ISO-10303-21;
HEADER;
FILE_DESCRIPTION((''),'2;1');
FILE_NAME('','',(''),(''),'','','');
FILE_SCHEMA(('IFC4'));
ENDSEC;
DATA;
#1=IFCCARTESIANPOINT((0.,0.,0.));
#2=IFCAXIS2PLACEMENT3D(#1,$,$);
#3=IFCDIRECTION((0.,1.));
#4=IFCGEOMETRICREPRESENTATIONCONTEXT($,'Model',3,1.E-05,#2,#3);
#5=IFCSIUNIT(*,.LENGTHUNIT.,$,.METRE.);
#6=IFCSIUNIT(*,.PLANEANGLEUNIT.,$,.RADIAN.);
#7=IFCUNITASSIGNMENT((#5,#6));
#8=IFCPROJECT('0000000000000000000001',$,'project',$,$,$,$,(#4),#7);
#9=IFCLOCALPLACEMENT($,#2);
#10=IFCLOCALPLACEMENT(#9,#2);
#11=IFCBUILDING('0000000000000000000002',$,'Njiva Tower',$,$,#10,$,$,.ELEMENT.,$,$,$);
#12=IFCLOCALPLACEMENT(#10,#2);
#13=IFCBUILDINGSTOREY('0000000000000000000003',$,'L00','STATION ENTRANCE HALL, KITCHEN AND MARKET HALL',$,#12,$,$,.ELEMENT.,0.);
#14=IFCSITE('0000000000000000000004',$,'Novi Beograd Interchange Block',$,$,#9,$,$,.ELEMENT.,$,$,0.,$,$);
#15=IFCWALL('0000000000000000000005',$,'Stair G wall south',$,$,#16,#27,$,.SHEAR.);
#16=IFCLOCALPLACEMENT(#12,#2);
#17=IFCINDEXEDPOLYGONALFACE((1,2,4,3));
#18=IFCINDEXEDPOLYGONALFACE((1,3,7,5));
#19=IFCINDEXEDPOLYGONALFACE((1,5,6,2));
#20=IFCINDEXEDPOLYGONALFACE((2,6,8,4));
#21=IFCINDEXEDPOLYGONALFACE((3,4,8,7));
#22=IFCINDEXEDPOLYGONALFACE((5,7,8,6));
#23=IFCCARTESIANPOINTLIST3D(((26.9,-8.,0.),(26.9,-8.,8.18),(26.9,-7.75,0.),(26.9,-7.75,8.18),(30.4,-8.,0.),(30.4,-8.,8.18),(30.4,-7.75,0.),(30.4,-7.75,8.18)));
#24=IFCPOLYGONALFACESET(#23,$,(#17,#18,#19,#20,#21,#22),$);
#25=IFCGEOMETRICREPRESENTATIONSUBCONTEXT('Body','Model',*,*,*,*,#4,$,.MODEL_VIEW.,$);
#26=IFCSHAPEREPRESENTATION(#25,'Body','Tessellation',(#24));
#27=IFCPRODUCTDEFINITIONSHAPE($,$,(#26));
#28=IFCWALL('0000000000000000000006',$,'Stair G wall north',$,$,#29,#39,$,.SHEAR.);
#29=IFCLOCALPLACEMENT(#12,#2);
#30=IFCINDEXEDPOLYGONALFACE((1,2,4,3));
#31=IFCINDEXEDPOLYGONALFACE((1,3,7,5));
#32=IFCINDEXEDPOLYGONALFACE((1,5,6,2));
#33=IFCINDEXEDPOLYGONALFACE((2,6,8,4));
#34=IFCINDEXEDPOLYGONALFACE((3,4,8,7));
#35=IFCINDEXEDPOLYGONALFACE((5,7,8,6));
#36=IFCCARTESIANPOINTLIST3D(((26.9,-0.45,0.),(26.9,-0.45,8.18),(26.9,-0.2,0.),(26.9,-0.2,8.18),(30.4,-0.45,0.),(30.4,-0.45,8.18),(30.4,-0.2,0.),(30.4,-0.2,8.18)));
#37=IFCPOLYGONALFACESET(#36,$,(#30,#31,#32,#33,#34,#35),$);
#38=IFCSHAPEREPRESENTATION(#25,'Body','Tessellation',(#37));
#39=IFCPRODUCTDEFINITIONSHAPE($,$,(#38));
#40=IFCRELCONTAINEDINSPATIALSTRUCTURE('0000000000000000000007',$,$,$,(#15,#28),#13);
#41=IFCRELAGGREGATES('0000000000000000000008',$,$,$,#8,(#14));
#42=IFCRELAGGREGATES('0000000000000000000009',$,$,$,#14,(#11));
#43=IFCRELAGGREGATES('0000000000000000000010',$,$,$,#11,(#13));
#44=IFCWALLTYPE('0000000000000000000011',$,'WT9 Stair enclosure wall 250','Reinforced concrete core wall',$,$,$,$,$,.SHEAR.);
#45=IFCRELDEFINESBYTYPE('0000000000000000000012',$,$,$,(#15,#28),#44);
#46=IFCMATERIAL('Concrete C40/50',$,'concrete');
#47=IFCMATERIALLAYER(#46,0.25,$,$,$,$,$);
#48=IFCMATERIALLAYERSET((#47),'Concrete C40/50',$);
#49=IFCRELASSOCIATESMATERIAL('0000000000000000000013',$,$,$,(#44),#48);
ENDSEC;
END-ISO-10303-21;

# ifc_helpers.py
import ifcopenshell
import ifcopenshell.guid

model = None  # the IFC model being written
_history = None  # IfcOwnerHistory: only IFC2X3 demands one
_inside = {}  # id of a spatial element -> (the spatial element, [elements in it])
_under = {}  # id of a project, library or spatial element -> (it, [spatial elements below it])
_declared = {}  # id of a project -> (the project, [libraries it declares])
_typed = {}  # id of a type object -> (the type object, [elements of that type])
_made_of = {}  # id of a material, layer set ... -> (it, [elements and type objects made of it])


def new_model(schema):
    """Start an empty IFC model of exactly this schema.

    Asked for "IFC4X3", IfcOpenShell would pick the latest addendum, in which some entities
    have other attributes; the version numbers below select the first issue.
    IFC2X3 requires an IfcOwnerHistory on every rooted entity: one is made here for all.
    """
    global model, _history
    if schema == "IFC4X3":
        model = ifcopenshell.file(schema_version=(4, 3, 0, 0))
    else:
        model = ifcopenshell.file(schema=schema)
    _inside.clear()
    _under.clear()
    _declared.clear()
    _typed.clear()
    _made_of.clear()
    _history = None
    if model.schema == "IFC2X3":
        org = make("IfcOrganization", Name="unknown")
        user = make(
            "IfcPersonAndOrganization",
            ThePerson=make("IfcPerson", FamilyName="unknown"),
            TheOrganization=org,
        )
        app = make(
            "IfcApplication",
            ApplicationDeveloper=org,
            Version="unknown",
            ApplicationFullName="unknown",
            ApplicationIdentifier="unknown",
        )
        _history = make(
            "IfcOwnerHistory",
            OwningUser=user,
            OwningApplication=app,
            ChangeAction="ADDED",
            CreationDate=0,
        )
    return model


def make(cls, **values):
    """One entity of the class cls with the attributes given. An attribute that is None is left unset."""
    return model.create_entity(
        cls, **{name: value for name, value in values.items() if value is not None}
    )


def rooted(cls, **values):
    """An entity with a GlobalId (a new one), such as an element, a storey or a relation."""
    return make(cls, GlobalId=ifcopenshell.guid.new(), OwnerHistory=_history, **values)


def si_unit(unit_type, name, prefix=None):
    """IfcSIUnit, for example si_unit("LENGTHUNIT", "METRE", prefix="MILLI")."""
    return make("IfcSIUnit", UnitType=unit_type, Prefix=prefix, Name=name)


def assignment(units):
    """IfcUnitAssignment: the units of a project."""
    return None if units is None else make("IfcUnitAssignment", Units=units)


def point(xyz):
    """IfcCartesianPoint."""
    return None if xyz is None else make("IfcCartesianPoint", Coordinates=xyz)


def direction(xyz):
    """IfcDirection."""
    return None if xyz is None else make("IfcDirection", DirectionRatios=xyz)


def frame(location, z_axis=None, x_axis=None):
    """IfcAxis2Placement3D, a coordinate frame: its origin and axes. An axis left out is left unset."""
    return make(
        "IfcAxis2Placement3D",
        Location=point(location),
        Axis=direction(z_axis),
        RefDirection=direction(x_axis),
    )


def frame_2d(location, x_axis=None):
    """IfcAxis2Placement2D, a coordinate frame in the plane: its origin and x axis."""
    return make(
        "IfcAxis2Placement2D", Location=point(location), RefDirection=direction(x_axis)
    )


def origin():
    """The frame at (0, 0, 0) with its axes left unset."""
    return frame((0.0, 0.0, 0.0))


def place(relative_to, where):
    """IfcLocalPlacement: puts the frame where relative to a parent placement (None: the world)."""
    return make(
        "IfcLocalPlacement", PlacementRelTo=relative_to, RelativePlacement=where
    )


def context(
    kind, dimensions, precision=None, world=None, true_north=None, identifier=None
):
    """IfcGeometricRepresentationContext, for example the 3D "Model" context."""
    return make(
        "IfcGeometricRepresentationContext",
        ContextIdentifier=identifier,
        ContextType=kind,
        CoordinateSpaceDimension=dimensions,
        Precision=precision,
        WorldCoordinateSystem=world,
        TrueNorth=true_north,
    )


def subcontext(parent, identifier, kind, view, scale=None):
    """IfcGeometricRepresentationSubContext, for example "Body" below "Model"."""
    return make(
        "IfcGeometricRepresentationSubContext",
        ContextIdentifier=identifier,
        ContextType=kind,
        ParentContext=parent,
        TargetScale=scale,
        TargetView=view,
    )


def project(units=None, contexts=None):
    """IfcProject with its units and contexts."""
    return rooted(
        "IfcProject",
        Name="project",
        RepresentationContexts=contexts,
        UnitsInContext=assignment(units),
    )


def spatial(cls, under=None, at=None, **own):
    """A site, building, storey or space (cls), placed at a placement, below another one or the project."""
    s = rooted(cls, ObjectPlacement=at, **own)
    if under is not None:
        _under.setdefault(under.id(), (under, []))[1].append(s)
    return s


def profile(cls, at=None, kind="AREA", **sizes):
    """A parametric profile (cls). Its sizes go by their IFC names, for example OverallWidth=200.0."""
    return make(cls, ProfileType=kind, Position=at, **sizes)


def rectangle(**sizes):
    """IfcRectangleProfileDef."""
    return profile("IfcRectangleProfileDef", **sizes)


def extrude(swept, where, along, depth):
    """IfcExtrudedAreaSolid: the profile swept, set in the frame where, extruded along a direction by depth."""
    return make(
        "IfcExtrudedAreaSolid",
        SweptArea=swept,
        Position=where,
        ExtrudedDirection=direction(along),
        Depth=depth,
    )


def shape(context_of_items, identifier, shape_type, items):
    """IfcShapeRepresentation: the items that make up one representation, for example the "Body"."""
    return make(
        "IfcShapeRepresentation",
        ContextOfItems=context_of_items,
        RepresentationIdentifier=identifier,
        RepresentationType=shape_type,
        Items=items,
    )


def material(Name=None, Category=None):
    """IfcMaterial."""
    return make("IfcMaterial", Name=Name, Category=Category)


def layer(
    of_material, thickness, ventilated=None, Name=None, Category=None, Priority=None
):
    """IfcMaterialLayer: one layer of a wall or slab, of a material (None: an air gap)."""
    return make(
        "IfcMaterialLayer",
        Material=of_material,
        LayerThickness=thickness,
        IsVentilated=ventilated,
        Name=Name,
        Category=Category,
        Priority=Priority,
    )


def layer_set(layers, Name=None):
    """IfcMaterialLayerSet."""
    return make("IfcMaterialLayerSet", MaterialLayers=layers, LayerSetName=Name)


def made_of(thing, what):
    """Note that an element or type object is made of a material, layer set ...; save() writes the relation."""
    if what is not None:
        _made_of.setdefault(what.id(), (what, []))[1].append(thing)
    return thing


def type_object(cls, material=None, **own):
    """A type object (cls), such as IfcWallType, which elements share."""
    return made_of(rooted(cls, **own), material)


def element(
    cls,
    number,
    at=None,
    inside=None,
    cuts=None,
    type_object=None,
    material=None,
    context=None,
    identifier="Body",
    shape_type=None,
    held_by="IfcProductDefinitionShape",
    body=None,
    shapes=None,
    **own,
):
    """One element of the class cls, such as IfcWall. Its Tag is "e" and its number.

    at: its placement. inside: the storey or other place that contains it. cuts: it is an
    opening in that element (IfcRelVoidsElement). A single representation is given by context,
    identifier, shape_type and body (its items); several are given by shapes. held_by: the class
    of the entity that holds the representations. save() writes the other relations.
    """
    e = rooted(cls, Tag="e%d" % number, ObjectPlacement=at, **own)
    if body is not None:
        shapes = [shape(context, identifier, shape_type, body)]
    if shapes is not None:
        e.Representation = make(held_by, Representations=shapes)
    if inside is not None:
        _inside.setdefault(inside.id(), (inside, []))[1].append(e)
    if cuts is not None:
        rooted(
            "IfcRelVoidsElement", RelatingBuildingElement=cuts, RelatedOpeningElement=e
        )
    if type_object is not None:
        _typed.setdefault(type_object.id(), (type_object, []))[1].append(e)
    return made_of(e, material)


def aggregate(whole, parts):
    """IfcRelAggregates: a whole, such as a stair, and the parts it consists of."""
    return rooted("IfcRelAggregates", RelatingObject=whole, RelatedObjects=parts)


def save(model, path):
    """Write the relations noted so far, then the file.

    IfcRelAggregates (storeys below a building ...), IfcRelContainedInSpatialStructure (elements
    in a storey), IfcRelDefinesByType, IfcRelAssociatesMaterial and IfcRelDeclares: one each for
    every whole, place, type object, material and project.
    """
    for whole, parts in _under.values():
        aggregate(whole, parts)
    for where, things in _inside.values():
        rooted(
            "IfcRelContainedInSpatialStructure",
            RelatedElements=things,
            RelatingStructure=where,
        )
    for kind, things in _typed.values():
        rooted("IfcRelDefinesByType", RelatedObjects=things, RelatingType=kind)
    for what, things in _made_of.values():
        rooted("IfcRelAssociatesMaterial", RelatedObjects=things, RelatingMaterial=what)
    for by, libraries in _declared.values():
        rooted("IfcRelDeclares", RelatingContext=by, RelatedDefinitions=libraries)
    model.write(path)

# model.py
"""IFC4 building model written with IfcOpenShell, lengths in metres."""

from ifc_helpers import new_model, si_unit, direction, frame, frame_2d, origin, place, context, subcontext, project, spatial, rectangle, extrude, material, layer, layer_set, type_object, element, save


model = new_model("IFC4")

# Units and contexts
model_context = context("Model", 3, precision=1e-05, world=origin(), true_north=direction((0.0, 1.0)))
body_context = subcontext(model_context, "Body", "Model", "MODEL_VIEW")
ifc_project = project(units=[si_unit("LENGTHUNIT", "METRE"), si_unit("PLANEANGLEUNIT", "RADIAN")], contexts=[model_context])

# Site, building, storey
site_placement = place(None, origin())
site = spatial("IfcSite", under=ifc_project, at=site_placement, Name="Novi Beograd Interchange Block", CompositionType="ELEMENT", RefElevation=0.0)
building_placement = place(site_placement, origin())
building = spatial("IfcBuilding", under=site, at=building_placement, Name="Njiva Tower", CompositionType="ELEMENT")
storey_placement = place(building_placement, origin())
storey = spatial("IfcBuildingStorey", under=building, at=storey_placement, Name="L00", Description="STATION ENTRANCE HALL, KITCHEN AND MARKET HALL", CompositionType="ELEMENT", Elevation=0.0)

# Shared definitions
ifc_material_1 = material(Name="Concrete C40/50", Category="concrete")
ifc_layer_1 = layer(ifc_material_1, 0.25)
ifc_layer_set_1 = layer_set([ifc_layer_1], Name="Concrete C40/50")
wall_type_1 = type_object("IfcWallType", Name="WT9 Stair enclosure wall 250", Description="Reinforced concrete core wall", PredefinedType="SHEAR", material=ifc_layer_set_1)

# Walls
for number, where, z_axis, x_axis, name in (
    (1, (26.9, -7.875, 0.0), (0.0, 0.0, 1.0), (1.0, 0.0, 0.0), "Stair G wall south"),
    (2, (26.9, -0.325, 0.0), (0.0, 0.0, 1.0), (1.0, 0.0, 0.0), "Stair G wall north"),
):
    element("IfcWall", number, at=place(storey_placement, frame(where, z_axis=z_axis, x_axis=x_axis)), inside=storey, type_object=wall_type_1, Name=name, PredefinedType="SHEAR", context=body_context, shape_type="SweptSolid", body=[
        extrude(rectangle(XDim=3.5, YDim=0.25, at=frame_2d((1.75, 0.0))), origin(), (0.0, 0.0, 1.0), 8.18),
    ])

save(model, "model.ifc")
